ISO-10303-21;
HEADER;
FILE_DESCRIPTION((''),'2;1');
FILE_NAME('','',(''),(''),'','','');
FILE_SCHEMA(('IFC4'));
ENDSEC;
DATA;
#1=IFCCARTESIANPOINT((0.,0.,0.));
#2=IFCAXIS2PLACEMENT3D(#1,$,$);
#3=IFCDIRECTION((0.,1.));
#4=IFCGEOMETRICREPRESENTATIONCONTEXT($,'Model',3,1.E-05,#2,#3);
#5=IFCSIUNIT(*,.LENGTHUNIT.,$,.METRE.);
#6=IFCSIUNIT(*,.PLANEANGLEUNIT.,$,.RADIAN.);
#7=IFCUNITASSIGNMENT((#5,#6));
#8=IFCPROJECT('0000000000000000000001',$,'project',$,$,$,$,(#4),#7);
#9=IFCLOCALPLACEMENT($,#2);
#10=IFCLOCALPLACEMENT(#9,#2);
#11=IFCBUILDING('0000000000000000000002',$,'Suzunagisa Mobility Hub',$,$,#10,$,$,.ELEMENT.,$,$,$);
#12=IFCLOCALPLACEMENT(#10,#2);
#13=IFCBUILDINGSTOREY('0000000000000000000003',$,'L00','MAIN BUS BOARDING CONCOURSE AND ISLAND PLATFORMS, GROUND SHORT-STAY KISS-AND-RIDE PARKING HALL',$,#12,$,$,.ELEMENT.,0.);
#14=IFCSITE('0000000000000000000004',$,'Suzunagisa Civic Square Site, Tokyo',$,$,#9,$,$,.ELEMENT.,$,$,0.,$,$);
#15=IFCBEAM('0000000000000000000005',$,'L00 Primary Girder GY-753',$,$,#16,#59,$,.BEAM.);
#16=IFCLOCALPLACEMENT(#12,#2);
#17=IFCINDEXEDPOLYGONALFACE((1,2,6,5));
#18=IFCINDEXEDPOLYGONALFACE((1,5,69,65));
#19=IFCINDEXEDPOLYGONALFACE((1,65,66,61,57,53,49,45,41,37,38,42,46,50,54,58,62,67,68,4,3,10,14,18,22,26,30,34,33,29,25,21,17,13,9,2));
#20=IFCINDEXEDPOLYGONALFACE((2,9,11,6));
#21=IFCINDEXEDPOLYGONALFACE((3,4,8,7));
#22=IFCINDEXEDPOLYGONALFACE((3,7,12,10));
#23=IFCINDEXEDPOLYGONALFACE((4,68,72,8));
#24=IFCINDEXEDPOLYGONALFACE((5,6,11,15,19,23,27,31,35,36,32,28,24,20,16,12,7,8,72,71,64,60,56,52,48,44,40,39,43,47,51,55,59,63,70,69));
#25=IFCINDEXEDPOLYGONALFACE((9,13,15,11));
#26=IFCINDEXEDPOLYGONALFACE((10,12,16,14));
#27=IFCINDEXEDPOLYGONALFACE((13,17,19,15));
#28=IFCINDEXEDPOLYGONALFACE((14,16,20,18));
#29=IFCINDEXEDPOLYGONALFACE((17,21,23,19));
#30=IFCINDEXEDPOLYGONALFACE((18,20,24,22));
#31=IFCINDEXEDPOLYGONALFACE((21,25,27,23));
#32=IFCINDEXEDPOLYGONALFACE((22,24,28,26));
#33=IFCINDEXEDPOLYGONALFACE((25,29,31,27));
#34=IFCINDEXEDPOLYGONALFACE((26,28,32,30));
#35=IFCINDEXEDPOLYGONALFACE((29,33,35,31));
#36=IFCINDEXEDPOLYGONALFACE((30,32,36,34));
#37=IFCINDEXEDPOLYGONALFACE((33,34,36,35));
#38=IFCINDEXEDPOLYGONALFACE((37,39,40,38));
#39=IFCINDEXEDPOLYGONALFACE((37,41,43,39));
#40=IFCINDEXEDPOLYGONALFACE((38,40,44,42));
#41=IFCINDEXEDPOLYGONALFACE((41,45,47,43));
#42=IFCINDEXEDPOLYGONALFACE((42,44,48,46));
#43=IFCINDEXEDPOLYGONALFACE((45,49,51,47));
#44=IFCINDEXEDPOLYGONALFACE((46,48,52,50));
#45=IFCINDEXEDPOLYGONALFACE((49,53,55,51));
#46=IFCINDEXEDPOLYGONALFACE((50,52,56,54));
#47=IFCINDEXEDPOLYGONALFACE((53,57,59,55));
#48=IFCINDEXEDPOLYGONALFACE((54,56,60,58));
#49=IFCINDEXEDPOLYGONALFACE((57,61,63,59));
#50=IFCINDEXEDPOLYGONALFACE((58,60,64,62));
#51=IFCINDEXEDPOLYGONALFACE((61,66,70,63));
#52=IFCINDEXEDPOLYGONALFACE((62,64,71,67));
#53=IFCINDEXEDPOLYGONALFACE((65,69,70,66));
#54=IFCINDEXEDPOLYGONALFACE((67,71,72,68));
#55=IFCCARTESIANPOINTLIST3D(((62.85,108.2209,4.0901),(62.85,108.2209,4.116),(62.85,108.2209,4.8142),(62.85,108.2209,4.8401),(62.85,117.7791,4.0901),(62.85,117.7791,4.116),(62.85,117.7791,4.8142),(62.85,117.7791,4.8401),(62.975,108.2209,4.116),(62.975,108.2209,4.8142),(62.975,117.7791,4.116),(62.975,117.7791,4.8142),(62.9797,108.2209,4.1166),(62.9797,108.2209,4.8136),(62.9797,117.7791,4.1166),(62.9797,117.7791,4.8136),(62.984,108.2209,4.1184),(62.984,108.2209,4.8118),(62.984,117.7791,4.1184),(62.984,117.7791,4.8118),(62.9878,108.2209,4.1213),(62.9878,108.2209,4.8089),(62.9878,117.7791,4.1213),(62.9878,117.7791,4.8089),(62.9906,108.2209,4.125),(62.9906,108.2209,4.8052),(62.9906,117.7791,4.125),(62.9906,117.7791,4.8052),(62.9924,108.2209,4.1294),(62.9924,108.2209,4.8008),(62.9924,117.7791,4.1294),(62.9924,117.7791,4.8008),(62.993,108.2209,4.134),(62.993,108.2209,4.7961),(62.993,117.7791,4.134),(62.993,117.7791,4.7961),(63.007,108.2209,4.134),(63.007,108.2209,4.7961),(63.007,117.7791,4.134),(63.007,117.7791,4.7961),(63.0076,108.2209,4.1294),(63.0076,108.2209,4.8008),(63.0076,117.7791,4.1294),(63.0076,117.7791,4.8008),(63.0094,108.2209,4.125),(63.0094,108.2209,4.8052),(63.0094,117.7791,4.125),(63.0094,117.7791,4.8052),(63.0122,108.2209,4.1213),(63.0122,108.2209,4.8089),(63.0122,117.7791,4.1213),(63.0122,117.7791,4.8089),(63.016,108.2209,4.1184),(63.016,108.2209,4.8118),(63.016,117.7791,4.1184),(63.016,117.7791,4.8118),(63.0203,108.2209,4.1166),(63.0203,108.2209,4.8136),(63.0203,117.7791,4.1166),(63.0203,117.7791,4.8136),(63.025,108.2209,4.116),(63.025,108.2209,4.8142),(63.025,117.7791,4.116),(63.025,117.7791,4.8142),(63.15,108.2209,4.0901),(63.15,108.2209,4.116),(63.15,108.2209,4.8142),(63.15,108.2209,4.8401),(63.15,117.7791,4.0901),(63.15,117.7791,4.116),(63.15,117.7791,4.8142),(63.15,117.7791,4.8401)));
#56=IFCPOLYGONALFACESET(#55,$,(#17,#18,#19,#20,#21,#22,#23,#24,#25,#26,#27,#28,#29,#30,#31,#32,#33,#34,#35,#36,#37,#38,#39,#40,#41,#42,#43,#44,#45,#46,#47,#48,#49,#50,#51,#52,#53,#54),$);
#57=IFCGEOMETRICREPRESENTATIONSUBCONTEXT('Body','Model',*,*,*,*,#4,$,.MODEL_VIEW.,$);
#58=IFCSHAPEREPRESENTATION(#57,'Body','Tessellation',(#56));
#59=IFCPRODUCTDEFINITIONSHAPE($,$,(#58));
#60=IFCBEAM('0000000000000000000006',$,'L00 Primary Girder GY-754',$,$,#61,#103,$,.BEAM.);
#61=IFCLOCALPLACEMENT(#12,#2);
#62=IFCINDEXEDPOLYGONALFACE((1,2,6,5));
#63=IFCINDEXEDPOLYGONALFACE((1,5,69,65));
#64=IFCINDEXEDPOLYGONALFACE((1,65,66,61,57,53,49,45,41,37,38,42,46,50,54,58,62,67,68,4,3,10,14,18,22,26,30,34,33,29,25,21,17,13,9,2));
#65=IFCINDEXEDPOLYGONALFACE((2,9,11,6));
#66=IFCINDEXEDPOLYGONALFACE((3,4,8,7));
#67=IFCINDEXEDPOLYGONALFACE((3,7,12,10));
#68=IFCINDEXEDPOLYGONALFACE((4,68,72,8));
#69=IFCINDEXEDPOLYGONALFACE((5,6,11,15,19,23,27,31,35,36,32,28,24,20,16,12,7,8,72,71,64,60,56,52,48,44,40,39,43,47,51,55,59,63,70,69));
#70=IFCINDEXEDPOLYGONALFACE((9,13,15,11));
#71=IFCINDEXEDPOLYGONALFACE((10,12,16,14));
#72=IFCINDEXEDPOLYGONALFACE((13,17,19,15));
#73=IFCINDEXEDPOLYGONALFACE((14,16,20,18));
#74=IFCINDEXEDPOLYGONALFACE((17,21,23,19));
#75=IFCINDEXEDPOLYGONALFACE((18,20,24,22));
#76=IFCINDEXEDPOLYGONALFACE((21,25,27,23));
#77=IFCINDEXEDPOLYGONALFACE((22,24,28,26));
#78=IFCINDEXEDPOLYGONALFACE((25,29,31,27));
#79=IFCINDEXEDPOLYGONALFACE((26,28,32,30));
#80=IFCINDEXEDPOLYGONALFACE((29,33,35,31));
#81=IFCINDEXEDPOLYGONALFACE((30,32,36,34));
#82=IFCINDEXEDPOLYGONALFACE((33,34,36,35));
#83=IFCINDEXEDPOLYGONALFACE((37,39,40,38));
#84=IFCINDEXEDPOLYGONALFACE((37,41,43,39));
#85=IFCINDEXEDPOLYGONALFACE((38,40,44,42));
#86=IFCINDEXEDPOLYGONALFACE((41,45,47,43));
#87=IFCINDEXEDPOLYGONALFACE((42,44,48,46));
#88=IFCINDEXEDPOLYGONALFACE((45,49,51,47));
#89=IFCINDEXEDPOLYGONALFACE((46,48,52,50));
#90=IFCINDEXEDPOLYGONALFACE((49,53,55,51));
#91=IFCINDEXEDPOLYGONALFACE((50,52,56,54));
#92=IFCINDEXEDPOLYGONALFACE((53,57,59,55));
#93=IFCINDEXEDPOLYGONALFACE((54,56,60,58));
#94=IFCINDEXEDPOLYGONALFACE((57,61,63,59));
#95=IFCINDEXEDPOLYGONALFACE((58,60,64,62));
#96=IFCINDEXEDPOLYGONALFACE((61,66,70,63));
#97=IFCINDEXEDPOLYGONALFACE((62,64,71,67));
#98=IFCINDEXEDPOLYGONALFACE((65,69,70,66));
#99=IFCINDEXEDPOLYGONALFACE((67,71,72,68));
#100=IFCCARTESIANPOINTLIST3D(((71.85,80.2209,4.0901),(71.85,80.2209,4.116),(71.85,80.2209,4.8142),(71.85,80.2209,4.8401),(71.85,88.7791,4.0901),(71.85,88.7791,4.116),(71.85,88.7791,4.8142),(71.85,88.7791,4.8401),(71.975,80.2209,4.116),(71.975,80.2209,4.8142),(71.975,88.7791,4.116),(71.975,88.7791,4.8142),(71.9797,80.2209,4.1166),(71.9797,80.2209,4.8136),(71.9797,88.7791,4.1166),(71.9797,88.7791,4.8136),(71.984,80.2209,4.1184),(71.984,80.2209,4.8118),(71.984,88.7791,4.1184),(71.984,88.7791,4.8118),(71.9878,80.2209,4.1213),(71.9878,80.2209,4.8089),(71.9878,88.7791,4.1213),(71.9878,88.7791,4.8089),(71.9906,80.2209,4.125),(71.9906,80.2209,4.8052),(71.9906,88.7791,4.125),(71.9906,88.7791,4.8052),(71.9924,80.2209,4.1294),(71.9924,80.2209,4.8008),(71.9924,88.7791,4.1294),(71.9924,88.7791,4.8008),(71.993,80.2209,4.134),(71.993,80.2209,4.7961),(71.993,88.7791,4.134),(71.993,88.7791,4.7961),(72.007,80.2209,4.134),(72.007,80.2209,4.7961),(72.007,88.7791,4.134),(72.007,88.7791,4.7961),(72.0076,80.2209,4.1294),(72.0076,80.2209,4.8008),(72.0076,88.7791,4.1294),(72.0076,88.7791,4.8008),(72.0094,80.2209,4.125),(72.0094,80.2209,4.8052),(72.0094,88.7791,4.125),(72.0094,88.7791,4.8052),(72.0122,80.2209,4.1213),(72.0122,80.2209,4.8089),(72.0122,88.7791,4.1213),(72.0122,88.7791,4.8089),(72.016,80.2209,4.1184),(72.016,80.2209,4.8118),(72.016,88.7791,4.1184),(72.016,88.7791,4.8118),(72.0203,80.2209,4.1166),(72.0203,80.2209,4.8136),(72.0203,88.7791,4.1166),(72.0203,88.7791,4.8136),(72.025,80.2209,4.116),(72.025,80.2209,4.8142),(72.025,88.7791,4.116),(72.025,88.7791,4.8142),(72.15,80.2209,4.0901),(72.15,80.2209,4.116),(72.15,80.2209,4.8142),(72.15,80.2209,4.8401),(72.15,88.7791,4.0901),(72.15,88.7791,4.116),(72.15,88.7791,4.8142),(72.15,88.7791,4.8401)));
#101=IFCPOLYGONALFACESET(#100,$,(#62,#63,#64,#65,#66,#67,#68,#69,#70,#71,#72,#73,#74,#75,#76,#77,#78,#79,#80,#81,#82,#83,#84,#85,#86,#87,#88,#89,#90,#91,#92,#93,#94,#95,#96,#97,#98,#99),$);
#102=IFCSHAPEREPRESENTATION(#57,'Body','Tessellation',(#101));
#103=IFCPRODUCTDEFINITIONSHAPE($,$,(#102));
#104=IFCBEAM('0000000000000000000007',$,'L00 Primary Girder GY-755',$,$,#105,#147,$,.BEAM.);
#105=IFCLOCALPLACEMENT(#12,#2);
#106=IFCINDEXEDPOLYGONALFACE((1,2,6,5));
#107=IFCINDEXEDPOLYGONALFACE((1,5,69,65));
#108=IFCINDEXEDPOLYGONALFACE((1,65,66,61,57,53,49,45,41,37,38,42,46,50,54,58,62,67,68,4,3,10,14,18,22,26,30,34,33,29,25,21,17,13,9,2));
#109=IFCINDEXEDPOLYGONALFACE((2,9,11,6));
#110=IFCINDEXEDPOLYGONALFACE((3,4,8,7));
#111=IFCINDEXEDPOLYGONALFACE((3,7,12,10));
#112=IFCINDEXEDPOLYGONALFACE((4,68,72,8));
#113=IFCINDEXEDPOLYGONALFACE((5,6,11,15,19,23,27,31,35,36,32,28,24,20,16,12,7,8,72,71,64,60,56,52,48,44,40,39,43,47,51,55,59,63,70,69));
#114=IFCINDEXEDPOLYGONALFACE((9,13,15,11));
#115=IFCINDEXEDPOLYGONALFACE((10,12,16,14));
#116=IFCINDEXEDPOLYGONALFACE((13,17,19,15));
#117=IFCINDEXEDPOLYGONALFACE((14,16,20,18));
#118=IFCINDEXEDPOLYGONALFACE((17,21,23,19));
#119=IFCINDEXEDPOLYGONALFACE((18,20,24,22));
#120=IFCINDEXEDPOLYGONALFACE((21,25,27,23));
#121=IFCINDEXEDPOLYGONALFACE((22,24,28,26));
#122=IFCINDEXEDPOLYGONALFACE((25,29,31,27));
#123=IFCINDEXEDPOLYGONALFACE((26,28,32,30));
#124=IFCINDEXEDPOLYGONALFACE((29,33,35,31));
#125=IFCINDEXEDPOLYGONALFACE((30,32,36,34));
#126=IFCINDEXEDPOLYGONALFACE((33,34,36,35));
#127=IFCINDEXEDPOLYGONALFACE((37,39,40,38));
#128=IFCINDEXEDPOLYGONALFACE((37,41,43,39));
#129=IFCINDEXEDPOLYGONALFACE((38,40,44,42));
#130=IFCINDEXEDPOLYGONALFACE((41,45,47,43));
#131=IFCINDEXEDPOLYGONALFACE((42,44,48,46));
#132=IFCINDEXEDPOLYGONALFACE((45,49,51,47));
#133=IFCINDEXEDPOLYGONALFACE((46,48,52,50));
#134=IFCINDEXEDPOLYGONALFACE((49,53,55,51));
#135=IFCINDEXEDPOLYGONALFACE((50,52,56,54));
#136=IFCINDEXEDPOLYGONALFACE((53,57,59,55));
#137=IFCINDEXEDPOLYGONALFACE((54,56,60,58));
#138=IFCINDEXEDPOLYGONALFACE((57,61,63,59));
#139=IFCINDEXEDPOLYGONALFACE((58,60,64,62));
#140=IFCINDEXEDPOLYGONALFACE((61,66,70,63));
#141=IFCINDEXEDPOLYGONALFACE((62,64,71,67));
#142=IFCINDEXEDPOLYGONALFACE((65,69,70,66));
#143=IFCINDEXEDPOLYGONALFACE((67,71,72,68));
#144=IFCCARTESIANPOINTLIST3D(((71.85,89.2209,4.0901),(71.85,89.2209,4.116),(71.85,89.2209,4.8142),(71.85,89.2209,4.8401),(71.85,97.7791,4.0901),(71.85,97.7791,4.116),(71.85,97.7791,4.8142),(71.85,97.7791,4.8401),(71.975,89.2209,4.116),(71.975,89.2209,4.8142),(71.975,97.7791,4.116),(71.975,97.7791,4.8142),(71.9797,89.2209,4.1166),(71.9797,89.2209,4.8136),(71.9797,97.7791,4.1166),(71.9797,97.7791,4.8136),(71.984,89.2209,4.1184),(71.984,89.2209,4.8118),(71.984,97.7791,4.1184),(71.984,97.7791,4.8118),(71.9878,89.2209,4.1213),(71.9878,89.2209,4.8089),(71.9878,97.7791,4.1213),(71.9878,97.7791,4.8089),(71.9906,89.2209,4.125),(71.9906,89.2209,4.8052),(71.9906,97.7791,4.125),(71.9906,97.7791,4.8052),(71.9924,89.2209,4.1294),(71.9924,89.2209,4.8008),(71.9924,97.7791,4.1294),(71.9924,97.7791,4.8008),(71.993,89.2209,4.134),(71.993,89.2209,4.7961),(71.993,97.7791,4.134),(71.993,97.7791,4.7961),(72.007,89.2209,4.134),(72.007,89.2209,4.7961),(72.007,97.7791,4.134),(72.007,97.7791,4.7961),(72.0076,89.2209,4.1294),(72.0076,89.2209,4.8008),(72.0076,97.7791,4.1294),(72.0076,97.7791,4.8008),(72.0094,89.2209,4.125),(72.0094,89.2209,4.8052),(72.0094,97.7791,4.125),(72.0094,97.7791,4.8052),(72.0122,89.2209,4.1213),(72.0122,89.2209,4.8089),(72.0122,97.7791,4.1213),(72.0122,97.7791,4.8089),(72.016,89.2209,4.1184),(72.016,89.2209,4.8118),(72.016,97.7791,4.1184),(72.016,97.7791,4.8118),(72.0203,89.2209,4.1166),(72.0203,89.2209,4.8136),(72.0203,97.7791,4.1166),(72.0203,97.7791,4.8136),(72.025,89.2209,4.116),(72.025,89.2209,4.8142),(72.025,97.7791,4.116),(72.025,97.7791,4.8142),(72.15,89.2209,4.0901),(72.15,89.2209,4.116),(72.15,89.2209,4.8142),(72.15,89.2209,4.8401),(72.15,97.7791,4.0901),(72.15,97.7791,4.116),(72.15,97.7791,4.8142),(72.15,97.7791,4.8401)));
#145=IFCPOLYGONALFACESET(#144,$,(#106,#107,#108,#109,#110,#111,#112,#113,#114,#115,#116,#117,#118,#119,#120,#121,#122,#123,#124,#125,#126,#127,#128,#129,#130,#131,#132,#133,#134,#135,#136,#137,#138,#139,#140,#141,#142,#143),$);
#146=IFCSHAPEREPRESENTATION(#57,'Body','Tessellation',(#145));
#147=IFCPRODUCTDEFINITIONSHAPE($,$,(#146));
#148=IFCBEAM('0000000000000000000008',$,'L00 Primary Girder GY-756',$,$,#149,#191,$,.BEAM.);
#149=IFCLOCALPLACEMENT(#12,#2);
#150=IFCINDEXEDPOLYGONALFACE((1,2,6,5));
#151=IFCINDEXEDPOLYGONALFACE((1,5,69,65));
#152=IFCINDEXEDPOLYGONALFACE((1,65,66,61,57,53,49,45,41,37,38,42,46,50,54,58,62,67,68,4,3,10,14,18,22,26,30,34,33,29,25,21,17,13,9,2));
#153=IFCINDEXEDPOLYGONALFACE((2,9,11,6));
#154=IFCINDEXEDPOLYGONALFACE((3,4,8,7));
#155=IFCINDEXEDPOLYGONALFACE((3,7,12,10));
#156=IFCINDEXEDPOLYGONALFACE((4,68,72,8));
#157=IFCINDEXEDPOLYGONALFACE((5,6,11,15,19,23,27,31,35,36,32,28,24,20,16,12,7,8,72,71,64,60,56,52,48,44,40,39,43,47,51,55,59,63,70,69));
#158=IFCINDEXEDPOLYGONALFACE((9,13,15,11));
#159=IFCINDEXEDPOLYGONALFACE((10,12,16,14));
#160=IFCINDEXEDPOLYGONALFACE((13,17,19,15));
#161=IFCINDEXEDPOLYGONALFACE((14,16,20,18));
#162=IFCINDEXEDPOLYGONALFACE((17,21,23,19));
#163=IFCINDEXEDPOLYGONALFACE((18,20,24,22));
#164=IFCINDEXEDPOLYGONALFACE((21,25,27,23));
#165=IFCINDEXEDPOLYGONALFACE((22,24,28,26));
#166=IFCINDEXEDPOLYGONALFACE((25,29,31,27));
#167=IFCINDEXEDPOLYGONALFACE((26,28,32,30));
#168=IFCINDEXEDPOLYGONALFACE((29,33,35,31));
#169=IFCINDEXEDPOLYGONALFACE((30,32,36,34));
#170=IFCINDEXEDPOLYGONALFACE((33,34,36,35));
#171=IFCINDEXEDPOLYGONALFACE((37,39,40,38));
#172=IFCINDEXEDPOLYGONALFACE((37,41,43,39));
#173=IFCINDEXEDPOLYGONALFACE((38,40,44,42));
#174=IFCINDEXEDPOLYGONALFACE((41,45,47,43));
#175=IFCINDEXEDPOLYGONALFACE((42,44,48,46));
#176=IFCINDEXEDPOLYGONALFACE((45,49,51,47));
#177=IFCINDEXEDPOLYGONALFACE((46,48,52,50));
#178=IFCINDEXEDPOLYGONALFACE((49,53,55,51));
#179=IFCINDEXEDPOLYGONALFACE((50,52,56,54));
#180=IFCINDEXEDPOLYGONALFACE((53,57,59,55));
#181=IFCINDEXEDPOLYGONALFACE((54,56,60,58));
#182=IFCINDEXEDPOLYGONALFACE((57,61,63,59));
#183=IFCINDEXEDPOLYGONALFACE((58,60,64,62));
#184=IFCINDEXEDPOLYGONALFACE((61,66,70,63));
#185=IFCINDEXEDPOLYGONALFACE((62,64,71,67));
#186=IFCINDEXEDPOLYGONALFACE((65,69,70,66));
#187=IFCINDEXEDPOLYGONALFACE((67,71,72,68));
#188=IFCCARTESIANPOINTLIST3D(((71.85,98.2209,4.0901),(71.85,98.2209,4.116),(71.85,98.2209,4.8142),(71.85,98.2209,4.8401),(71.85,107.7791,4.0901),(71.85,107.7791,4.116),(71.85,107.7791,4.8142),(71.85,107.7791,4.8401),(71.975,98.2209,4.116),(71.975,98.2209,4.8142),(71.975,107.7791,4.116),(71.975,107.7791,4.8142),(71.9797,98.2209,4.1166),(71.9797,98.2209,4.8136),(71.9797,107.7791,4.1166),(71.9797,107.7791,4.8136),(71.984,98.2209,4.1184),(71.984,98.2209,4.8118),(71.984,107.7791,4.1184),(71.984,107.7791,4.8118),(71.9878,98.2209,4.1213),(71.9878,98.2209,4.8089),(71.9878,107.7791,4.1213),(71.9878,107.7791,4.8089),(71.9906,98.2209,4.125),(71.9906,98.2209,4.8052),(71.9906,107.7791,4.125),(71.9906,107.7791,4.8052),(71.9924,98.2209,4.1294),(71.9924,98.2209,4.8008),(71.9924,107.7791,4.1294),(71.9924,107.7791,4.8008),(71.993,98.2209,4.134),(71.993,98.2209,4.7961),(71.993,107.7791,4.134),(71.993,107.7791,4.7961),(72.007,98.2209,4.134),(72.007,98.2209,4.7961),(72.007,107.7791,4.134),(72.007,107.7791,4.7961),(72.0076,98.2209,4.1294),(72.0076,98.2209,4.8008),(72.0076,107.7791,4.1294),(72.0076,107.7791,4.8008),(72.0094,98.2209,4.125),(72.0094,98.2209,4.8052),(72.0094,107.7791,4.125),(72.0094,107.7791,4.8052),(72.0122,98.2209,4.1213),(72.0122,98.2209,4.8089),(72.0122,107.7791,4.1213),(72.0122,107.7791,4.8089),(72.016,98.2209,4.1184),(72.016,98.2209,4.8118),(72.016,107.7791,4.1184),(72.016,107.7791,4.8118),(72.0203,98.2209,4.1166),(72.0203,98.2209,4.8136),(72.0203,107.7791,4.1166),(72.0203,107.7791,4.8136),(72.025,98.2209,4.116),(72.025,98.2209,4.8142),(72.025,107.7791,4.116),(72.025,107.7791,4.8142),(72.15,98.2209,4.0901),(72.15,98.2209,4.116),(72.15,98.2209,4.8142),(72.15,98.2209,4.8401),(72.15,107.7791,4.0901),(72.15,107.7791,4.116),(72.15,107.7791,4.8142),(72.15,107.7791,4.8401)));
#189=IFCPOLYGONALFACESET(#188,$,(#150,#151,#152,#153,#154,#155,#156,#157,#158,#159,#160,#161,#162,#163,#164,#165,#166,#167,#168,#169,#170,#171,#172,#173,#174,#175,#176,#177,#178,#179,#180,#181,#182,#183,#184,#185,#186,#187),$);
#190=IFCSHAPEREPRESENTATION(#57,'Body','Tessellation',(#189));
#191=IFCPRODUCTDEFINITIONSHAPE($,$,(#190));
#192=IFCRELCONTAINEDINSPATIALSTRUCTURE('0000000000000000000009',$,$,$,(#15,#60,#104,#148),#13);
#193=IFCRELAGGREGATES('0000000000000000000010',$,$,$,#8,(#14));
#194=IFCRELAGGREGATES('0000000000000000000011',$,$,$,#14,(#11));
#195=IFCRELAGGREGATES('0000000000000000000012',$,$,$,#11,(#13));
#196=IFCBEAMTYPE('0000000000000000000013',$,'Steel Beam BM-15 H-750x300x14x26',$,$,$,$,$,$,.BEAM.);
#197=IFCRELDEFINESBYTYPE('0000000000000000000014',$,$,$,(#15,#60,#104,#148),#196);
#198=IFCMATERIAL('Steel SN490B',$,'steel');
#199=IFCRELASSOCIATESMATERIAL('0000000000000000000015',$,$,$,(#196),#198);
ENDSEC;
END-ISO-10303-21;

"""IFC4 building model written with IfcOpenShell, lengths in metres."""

from ifc_helpers import new_model, si_unit, direction, frame, origin, origin_2d, place, context, subcontext, project, spatial, i_section, extrude, material, material_profile, profile_set, type_object, element, save


model = new_model("IFC4")

# Units and contexts
model_context = context("Model", 3, precision=1e-05, world=origin(), true_north=direction((0.0, 1.0)))
body_context = subcontext(model_context, "Body", "Model", "MODEL_VIEW")
ifc_project = project(units=[si_unit("LENGTHUNIT", "METRE"), si_unit("PLANEANGLEUNIT", "RADIAN")], contexts=[model_context])

# Site, building, storey
site_placement = place(None, origin())
site = spatial("IfcSite", under=ifc_project, at=site_placement, Name="Suzunagisa Civic Square Site, Tokyo", CompositionType="ELEMENT", RefElevation=0.0)
building_placement = place(site_placement, origin())
building = spatial("IfcBuilding", under=site, at=building_placement, Name="Suzunagisa Mobility Hub", CompositionType="ELEMENT")
storey_placement = place(building_placement, origin())
storey = spatial("IfcBuildingStorey", under=building, at=storey_placement, Name="L00", Description="MAIN BUS BOARDING CONCOURSE AND ISLAND PLATFORMS, GROUND SHORT-STAY KISS-AND-RIDE PARKING HALL", CompositionType="ELEMENT", Elevation=0.0)

# Shared definitions
ifc_material_1 = material(Name="Steel SN490B", Category="steel")

# Beams
ifc_material_profile_1 = material_profile(ifc_material_1, i_section(OverallWidth=0.3, OverallDepth=0.75, WebThickness=0.0139, FlangeThickness=0.0259, FilletRadius=0.0181, at=origin_2d()), Name="H-750x300x14x26")
ifc_profile_set_1 = profile_set([ifc_material_profile_1], Name="Steel SN490B")
beam_type_1 = type_object("IfcBeamType", Name="Steel Beam BM-15 H-750x300x14x26", PredefinedType="BEAM", material=ifc_profile_set_1)
beam_1_placement = place(storey_placement, frame((63.0, 108.2209, 4.4651), z_axis=(0.0, 1.0, 0.0), x_axis=(-1.0, 0.0, 0.0)))
element("IfcBeam", 1, at=beam_1_placement, inside=storey, type_object=beam_type_1, Name="L00 Primary Girder GY-753", PredefinedType="BEAM", context=body_context, shape_type="SweptSolid", body=[
    extrude(i_section(OverallWidth=0.3, OverallDepth=0.75, WebThickness=0.0139, FlangeThickness=0.0259, FilletRadius=0.0181, at=origin_2d()), origin(), (0.0, 0.0, 1.0), 9.5581),
])
for number, where, z_axis, x_axis, name in (
    (2, (72.0, 80.2209, 4.4651), (0.0, 1.0, 0.0), (-1.0, 0.0, 0.0), "L00 Primary Girder GY-754"),
    (3, (72.0, 89.2209, 4.4651), (0.0, 1.0, 0.0), (-1.0, 0.0, 0.0), "L00 Primary Girder GY-755"),
):
    element("IfcBeam", number, at=place(storey_placement, frame(where, z_axis=z_axis, x_axis=x_axis)), inside=storey, type_object=beam_type_1, Name=name, PredefinedType="BEAM", context=body_context, shape_type="SweptSolid", body=[
        extrude(i_section(OverallWidth=0.3, OverallDepth=0.75, WebThickness=0.0139, FlangeThickness=0.0259, FilletRadius=0.0181, at=origin_2d()), origin(), (0.0, 0.0, 1.0), 8.5581),
    ])
beam_2_placement = place(storey_placement, frame((72.0, 98.2209, 4.4651), z_axis=(0.0, 1.0, 0.0), x_axis=(-1.0, 0.0, 0.0)))
element("IfcBeam", 4, at=beam_2_placement, inside=storey, type_object=beam_type_1, Name="L00 Primary Girder GY-756", PredefinedType="BEAM", context=body_context, shape_type="SweptSolid", body=[
    extrude(i_section(OverallWidth=0.3, OverallDepth=0.75, WebThickness=0.0139, FlangeThickness=0.0259, FilletRadius=0.0181, at=origin_2d()), origin(), (0.0, 0.0, 1.0), 9.5581),
])

save(model, "model.ifc")
